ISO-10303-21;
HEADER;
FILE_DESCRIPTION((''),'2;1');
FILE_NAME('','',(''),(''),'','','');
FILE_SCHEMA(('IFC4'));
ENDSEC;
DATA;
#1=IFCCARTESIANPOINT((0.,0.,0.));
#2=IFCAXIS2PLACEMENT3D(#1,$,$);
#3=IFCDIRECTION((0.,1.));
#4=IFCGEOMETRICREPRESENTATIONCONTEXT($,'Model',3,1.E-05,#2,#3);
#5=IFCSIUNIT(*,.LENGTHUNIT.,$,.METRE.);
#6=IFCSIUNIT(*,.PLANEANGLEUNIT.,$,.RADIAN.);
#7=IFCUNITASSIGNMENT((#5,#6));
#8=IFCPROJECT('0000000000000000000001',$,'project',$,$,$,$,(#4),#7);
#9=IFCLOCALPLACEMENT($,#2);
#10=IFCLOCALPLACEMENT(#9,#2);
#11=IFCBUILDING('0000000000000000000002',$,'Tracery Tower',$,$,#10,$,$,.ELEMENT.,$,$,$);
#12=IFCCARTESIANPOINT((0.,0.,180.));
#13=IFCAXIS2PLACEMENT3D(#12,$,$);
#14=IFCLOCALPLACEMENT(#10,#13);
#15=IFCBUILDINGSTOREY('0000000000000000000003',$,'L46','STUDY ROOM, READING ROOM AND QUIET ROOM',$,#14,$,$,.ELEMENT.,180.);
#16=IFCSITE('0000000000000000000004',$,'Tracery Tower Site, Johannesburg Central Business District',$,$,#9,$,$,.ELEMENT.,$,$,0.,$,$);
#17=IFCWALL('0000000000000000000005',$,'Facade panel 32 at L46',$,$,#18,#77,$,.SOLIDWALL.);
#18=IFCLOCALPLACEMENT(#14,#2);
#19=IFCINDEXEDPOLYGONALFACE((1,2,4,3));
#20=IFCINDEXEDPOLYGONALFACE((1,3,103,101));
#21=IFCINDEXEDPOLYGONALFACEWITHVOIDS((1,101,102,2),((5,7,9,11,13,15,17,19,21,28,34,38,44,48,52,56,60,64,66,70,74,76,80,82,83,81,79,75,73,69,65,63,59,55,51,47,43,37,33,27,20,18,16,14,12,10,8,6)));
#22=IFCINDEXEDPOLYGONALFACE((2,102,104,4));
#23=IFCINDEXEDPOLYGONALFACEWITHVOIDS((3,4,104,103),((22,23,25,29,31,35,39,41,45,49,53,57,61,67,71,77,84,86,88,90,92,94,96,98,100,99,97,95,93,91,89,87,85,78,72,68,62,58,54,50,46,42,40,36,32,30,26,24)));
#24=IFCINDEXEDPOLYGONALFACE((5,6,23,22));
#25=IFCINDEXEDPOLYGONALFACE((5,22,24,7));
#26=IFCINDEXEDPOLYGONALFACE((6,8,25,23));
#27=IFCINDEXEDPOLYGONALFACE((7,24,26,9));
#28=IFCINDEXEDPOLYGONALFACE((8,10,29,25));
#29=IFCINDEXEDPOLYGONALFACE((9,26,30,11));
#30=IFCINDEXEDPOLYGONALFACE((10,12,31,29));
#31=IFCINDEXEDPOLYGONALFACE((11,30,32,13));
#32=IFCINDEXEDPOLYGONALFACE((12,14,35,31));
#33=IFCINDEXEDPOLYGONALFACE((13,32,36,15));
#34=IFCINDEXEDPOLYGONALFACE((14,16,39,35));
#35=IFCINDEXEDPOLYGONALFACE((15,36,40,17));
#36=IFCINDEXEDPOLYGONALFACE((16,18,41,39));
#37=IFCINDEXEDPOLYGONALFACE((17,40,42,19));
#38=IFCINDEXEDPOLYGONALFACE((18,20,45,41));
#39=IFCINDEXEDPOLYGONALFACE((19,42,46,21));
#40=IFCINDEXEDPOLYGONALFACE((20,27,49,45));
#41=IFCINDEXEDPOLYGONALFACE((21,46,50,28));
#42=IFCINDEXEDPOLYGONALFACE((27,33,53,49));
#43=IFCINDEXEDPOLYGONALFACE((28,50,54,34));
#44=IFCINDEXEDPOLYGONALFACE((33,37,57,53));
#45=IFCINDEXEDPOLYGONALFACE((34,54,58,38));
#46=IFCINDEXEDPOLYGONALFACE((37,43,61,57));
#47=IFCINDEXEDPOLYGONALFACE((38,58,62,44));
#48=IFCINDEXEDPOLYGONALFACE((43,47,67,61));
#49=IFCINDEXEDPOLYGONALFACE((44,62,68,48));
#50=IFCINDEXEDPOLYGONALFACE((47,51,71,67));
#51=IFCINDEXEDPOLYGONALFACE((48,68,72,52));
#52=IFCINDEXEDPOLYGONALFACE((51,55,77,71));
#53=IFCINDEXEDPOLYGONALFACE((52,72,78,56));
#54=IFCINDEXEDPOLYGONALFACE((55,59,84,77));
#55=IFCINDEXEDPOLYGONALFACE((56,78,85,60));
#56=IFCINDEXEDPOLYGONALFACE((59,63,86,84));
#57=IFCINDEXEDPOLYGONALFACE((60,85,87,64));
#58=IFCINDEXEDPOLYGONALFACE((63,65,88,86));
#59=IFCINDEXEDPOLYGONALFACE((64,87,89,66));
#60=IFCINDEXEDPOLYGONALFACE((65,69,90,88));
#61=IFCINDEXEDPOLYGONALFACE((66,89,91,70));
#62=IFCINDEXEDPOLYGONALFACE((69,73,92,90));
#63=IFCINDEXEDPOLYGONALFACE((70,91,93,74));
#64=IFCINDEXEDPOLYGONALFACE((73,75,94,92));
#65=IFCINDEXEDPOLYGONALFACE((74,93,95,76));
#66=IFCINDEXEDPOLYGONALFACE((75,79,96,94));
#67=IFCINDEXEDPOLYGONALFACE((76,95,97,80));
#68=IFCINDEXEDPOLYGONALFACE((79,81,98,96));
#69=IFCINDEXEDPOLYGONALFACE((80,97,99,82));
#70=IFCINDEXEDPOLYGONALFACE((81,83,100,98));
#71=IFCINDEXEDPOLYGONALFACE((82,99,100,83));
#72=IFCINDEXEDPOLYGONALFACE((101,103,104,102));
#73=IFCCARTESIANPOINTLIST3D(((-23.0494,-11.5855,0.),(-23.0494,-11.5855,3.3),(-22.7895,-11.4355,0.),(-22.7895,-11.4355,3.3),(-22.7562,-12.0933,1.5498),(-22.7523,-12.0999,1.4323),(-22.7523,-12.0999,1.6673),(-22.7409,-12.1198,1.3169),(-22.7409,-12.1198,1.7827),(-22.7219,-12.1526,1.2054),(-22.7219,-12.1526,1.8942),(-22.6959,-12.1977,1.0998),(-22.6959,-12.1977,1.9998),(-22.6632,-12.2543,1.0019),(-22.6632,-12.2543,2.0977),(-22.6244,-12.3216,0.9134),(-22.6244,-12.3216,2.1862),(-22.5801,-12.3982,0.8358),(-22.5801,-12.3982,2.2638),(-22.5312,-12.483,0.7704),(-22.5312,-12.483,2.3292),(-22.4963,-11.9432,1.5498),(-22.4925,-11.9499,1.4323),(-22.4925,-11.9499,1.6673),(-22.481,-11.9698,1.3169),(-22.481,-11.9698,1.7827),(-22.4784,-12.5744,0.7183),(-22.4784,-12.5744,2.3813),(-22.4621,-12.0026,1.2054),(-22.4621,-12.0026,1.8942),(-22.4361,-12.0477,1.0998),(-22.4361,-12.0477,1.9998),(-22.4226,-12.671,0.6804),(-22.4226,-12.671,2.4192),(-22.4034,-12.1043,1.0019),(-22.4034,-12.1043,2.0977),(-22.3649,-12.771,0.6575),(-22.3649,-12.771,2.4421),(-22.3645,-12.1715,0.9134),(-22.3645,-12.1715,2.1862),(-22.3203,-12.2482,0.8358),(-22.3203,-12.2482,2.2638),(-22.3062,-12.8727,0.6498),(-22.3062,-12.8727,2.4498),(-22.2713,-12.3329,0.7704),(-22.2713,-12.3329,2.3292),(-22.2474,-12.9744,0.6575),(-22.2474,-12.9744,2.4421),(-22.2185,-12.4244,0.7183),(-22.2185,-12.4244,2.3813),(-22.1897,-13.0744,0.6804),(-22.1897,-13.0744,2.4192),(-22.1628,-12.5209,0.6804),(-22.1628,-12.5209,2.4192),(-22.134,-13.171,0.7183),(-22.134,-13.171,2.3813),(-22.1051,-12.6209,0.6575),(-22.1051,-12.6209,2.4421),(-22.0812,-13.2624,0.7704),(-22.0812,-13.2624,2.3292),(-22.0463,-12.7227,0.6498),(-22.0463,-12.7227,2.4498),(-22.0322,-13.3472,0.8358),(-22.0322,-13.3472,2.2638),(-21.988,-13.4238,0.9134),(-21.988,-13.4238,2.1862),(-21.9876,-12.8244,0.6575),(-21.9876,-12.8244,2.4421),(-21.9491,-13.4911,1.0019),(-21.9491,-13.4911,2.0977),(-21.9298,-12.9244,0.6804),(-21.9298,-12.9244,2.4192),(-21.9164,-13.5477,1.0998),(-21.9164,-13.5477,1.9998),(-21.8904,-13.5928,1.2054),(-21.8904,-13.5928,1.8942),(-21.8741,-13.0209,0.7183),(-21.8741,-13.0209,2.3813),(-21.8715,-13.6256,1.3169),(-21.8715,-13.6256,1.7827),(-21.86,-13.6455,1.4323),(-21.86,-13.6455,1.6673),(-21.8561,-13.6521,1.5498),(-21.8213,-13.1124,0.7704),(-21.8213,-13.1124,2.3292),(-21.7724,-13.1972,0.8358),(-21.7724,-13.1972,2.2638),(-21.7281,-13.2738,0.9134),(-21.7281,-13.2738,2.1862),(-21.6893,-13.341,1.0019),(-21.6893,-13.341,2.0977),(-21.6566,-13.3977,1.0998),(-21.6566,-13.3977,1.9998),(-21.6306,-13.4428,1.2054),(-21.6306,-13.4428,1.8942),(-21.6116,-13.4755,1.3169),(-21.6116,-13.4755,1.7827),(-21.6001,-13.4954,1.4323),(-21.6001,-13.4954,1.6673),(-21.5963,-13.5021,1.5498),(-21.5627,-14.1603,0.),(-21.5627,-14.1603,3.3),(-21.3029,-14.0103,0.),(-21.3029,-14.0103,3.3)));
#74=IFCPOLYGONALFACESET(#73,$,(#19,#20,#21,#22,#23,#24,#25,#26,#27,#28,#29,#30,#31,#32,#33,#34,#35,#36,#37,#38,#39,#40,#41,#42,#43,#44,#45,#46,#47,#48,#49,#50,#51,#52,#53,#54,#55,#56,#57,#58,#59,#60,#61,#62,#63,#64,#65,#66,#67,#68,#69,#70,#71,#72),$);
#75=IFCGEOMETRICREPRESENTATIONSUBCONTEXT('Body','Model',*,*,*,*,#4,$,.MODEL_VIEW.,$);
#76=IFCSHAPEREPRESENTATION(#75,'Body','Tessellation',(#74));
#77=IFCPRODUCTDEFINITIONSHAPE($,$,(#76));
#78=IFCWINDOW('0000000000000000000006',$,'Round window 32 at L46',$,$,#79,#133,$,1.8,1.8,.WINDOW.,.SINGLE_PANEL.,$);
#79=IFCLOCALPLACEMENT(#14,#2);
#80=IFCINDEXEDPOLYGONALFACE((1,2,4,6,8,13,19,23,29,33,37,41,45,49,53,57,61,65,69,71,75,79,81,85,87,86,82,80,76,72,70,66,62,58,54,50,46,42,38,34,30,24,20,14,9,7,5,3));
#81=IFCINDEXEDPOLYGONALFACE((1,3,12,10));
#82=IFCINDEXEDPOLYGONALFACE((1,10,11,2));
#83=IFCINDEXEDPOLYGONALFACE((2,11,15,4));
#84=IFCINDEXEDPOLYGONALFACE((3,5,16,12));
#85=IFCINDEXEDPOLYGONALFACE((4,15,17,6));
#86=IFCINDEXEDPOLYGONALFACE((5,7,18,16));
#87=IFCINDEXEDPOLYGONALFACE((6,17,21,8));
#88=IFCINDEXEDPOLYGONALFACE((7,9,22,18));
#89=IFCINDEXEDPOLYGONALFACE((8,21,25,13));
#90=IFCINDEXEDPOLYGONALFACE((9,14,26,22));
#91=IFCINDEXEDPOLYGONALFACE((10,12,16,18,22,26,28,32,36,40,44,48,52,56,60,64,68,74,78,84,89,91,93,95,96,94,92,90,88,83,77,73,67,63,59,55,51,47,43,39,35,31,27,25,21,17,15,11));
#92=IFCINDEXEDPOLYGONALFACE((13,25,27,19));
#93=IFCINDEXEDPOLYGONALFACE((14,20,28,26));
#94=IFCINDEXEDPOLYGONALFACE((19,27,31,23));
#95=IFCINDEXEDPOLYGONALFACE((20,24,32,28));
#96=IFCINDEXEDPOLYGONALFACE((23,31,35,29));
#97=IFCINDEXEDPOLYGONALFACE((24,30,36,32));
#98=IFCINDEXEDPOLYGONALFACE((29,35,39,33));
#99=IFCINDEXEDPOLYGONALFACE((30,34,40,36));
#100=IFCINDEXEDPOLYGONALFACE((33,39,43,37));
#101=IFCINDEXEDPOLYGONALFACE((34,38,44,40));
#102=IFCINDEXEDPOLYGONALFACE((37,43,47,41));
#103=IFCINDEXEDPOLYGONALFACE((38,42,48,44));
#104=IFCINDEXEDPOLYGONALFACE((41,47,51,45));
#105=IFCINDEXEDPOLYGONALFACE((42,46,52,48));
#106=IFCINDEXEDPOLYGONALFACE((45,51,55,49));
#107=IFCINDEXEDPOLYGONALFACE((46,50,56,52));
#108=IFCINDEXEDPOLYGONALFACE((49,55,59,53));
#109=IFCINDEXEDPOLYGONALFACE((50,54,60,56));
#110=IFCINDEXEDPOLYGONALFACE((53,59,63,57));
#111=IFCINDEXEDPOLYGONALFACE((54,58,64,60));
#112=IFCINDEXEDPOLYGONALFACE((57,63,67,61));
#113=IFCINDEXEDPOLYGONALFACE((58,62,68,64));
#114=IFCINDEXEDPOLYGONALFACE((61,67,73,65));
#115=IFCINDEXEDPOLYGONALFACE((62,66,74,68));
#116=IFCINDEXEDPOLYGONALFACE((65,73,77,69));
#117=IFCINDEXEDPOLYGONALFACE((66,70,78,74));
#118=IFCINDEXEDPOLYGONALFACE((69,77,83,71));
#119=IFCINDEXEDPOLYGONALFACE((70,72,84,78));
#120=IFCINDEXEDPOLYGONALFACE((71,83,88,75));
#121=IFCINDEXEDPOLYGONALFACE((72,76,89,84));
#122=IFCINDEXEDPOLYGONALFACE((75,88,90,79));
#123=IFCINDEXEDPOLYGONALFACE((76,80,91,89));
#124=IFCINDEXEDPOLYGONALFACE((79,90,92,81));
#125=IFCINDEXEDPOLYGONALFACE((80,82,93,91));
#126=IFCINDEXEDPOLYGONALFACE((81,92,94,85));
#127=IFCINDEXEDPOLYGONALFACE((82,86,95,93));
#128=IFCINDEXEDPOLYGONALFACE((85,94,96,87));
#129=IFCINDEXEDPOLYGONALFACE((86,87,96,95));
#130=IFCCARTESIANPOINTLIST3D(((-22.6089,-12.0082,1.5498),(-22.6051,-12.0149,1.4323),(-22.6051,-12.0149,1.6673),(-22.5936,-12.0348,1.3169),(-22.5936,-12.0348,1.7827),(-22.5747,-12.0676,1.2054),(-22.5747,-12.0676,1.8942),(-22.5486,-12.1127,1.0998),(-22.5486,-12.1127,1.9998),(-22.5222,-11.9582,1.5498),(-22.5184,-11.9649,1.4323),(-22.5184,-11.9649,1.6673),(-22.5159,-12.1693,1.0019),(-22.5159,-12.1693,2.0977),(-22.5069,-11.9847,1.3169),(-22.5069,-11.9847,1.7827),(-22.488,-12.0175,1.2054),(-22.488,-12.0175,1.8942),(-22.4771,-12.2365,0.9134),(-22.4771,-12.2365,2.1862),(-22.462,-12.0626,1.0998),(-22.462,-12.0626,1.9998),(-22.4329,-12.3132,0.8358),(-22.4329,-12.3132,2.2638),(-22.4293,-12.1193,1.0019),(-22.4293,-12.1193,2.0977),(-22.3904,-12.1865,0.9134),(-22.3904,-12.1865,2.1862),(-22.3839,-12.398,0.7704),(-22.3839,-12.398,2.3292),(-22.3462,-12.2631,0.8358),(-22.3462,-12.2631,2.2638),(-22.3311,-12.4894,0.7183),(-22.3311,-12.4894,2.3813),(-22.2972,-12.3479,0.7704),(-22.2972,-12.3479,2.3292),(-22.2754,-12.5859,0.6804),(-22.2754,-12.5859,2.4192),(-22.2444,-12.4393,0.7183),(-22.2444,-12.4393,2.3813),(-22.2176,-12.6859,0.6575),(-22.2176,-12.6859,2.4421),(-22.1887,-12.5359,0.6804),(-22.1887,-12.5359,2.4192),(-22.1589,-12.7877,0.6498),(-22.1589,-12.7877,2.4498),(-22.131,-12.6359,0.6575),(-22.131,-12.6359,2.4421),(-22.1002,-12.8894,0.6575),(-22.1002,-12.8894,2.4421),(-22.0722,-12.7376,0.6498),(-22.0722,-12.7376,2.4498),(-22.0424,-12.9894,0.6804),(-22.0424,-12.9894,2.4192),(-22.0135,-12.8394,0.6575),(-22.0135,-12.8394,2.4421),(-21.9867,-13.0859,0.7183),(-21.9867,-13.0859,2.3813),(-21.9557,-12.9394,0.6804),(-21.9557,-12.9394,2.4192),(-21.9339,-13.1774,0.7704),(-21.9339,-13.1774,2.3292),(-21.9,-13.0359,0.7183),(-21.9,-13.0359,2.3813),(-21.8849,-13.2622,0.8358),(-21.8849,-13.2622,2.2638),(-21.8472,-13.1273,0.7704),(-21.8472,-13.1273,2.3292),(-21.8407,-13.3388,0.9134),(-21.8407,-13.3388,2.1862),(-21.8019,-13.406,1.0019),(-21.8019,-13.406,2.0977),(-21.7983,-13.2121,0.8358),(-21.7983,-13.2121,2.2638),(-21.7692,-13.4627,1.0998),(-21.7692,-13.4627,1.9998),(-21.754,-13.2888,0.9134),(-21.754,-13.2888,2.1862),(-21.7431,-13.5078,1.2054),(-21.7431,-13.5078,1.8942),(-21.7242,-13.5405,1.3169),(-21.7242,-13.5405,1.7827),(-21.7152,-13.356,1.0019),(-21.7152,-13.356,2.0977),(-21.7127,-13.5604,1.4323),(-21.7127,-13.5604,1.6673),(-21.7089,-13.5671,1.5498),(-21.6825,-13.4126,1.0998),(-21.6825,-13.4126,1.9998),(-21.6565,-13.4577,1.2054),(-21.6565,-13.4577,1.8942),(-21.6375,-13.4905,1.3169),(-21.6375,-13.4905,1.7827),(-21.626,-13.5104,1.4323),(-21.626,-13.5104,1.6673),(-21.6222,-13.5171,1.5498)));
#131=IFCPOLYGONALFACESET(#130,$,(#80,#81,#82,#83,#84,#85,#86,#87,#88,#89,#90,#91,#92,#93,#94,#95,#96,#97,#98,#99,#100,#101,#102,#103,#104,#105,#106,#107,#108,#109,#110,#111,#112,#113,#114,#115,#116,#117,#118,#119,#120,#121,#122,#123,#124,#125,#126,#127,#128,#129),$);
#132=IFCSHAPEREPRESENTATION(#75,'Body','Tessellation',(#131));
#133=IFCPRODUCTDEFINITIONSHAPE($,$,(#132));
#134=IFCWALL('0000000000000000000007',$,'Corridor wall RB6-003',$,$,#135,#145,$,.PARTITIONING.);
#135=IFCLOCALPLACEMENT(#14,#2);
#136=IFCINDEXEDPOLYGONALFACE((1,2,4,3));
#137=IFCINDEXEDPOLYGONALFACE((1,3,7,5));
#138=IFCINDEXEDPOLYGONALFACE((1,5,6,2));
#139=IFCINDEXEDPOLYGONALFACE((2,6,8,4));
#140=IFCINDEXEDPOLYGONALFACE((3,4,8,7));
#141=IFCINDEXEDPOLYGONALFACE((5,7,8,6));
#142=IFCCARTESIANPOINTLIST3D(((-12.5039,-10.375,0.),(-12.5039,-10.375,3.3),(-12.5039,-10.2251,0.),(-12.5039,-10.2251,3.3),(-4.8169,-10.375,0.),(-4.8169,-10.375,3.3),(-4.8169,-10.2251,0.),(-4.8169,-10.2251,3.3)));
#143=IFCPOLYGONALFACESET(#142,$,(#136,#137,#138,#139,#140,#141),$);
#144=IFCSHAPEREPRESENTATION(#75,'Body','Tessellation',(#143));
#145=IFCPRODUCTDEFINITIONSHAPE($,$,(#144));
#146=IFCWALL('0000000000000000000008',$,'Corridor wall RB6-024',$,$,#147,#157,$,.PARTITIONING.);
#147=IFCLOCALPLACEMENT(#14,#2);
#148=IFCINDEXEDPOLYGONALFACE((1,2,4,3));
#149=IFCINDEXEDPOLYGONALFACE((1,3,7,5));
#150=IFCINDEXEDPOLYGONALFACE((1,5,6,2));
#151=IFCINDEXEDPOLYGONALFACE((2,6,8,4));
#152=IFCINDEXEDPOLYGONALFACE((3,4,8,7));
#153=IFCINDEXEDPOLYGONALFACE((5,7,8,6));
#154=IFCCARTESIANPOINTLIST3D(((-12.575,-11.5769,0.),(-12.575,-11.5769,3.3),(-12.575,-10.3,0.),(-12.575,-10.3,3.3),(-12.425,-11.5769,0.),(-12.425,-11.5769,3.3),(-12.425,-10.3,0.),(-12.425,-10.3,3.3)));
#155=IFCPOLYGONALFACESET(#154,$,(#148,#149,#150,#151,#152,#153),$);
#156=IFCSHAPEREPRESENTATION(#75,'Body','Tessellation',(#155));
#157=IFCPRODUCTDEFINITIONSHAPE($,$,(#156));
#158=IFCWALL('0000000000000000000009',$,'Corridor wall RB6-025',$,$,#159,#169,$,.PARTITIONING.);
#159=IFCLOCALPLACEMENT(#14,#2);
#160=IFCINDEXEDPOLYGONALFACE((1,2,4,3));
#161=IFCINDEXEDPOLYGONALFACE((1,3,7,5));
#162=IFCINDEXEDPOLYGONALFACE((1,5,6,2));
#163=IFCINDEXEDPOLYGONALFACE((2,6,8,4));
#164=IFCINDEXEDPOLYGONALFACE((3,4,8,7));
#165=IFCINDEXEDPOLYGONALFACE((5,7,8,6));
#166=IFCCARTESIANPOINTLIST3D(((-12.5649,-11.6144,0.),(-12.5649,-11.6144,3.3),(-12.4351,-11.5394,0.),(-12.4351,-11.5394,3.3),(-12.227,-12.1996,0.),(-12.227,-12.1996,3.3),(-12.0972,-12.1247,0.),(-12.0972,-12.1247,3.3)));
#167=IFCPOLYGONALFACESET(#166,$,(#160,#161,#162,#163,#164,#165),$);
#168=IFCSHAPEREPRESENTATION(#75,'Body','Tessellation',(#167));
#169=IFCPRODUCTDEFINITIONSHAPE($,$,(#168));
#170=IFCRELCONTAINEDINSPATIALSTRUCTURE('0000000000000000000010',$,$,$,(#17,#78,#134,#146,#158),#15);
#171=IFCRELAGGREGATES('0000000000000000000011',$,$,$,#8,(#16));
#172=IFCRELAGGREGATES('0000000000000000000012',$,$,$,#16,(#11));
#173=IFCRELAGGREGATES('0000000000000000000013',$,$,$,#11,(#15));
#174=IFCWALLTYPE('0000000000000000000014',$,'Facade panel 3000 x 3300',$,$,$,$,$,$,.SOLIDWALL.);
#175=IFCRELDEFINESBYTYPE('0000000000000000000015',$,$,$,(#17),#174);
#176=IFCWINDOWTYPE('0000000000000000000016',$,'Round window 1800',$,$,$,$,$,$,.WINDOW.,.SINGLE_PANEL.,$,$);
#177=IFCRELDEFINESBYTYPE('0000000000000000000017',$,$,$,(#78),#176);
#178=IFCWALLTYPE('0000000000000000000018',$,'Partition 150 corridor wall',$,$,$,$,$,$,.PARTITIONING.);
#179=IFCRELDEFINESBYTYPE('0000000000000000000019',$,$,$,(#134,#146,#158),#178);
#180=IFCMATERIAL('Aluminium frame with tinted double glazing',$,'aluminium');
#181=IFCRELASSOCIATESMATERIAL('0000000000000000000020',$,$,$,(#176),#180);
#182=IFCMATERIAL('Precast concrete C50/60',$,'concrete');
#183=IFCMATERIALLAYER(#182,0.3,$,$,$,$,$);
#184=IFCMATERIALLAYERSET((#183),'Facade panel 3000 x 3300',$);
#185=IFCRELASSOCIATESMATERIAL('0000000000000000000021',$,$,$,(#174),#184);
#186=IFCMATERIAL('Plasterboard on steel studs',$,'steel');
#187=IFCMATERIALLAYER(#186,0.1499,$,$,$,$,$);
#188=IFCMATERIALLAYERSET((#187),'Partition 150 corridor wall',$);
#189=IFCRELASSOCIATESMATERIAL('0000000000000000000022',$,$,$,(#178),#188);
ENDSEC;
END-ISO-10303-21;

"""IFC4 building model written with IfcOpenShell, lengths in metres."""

from ifc_helpers import new_model, si_unit, direction, frame, frame_2d, origin, origin_2d, place, context, subcontext, project, spatial, rectangle, circle, extrude, material, layer, layer_set, type_object, element, fill, save


model = new_model("IFC4")

# Units and contexts
model_context = context("Model", 3, precision=1e-05, world=origin(), true_north=direction((0.0, 1.0)))
body_context = subcontext(model_context, "Body", "Model", "MODEL_VIEW")
ifc_project = project(units=[si_unit("LENGTHUNIT", "METRE"), si_unit("PLANEANGLEUNIT", "RADIAN")], contexts=[model_context])

# Site, building, storey
site_placement = place(None, origin())
site = spatial("IfcSite", under=ifc_project, at=site_placement, Name="Tracery Tower Site, Johannesburg Central Business District", CompositionType="ELEMENT", RefElevation=0.0)
building_placement = place(site_placement, origin())
building = spatial("IfcBuilding", under=site, at=building_placement, Name="Tracery Tower", CompositionType="ELEMENT")
storey_placement = place(building_placement, frame((0.0, 0.0, 180.0)))
storey = spatial("IfcBuildingStorey", under=building, at=storey_placement, Name="L46", Description="STUDY ROOM, READING ROOM AND QUIET ROOM", CompositionType="ELEMENT", Elevation=180.0)

# Wall, opening, window
ifc_material_1 = material(Name="Aluminium frame with tinted double glazing", Category="aluminium")
window_type = type_object("IfcWindowType", Name="Round window 1800", PartitioningType="SINGLE_PANEL", PredefinedType="WINDOW", material=ifc_material_1)
ifc_material_2 = material(Name="Precast concrete C50/60", Category="concrete")
ifc_layer_1 = layer(ifc_material_2, 0.3)
ifc_layer_set_1 = layer_set([ifc_layer_1], Name="Facade panel 3000 x 3300")
wall_type_1 = type_object("IfcWallType", Name="Facade panel 3000 x 3300", PredefinedType="SOLIDWALL", material=ifc_layer_set_1)
wall_1_placement = place(storey_placement, frame((-22.9194, -11.5105, 0.0), z_axis=(0.0, 0.0, 1.0), x_axis=(0.500016, -0.866016, 0.0)))
wall_1 = element("IfcWall", 1, at=wall_1_placement, inside=storey, type_object=wall_type_1, Name="Facade panel 32 at L46", PredefinedType="SOLIDWALL", context=body_context, shape_type="SweptSolid", body=[
    extrude(rectangle(XDim=2.9731, YDim=0.3, at=frame_2d((1.4866, 0.0))), origin(), (0.0, 0.0, 1.0), 3.3),
])
opening_1_placement = place(wall_1_placement, frame((1.4863, 0.0, 1.5498)))
opening_1 = element("IfcOpeningElement", 2, at=opening_1_placement, cuts=wall_1, PredefinedType="OPENING", context=body_context, shape_type="SweptSolid", body=[
    extrude(circle(Radius=0.9, at=origin_2d()), frame((0.0, 0.1599, 0.0), z_axis=(0.0, -1.0, 0.0), x_axis=(1.0, 0.0, 0.0)), (0.0, 0.0, 1.0), 0.3201),
])
window_1_placement = place(opening_1_placement, origin())
window_1 = element("IfcWindow", 3, at=window_1_placement, inside=storey, type_object=window_type, Name="Round window 32 at L46", OverallHeight=1.8, OverallWidth=1.8, PartitioningType="SINGLE_PANEL", PredefinedType="WINDOW", context=body_context, shape_type="SweptSolid", body=[
    extrude(circle(Radius=0.9, at=origin_2d()), frame((0.0, 0.1201, 0.0), z_axis=(0.0, -1.0, 0.0), x_axis=(1.0, 0.0, 0.0)), (0.0, 0.0, 1.0), 0.1001),
])
fill(opening_1, window_1)

# Walls
ifc_material_3 = material(Name="Plasterboard on steel studs", Category="steel")
ifc_layer_2 = layer(ifc_material_3, 0.1499)
ifc_layer_set_2 = layer_set([ifc_layer_2], Name="Partition 150 corridor wall")
wall_type_2 = type_object("IfcWallType", Name="Partition 150 corridor wall", PredefinedType="PARTITIONING", material=ifc_layer_set_2)
wall_2_placement = place(storey_placement, frame((-12.5039, -10.3, 0.0), z_axis=(0.0, 0.0, 1.0), x_axis=(1.0, 0.0, 0.0)))
element("IfcWall", 4, at=wall_2_placement, inside=storey, type_object=wall_type_2, Name="Corridor wall RB6-003", PredefinedType="PARTITIONING", context=body_context, shape_type="SweptSolid", body=[
    extrude(rectangle(XDim=7.687, YDim=0.1499, at=frame_2d((3.8435, 0.0))), origin(), (0.0, 0.0, 1.0), 3.3),
])
wall_3_placement = place(storey_placement, frame((-12.5, -11.5769, 0.0), z_axis=(0.0, 0.0, 1.0), x_axis=(0.0, 1.0, 0.0)))
element("IfcWall", 5, at=wall_3_placement, inside=storey, type_object=wall_type_2, Name="Corridor wall RB6-024", PredefinedType="PARTITIONING", context=body_context, shape_type="SweptSolid", body=[
    extrude(rectangle(XDim=1.2769, YDim=0.1499, at=frame_2d((0.6384, 0.0))), origin(), (0.0, 0.0, 1.0), 3.3),
])
wall_4_placement = place(storey_placement, frame((-12.5, -11.5769, 0.0), z_axis=(0.0, 0.0, 1.0), x_axis=(0.500025, -0.866011, 0.0)))
element("IfcWall", 6, at=wall_4_placement, inside=storey, type_object=wall_type_2, Name="Corridor wall RB6-025", PredefinedType="PARTITIONING", context=body_context, shape_type="SweptSolid", body=[
    extrude(rectangle(XDim=0.6758, YDim=0.1499, at=frame_2d((0.3379, 0.0))), origin(), (0.0, 0.0, 1.0), 3.3),
])

save(model, "model.ifc")
